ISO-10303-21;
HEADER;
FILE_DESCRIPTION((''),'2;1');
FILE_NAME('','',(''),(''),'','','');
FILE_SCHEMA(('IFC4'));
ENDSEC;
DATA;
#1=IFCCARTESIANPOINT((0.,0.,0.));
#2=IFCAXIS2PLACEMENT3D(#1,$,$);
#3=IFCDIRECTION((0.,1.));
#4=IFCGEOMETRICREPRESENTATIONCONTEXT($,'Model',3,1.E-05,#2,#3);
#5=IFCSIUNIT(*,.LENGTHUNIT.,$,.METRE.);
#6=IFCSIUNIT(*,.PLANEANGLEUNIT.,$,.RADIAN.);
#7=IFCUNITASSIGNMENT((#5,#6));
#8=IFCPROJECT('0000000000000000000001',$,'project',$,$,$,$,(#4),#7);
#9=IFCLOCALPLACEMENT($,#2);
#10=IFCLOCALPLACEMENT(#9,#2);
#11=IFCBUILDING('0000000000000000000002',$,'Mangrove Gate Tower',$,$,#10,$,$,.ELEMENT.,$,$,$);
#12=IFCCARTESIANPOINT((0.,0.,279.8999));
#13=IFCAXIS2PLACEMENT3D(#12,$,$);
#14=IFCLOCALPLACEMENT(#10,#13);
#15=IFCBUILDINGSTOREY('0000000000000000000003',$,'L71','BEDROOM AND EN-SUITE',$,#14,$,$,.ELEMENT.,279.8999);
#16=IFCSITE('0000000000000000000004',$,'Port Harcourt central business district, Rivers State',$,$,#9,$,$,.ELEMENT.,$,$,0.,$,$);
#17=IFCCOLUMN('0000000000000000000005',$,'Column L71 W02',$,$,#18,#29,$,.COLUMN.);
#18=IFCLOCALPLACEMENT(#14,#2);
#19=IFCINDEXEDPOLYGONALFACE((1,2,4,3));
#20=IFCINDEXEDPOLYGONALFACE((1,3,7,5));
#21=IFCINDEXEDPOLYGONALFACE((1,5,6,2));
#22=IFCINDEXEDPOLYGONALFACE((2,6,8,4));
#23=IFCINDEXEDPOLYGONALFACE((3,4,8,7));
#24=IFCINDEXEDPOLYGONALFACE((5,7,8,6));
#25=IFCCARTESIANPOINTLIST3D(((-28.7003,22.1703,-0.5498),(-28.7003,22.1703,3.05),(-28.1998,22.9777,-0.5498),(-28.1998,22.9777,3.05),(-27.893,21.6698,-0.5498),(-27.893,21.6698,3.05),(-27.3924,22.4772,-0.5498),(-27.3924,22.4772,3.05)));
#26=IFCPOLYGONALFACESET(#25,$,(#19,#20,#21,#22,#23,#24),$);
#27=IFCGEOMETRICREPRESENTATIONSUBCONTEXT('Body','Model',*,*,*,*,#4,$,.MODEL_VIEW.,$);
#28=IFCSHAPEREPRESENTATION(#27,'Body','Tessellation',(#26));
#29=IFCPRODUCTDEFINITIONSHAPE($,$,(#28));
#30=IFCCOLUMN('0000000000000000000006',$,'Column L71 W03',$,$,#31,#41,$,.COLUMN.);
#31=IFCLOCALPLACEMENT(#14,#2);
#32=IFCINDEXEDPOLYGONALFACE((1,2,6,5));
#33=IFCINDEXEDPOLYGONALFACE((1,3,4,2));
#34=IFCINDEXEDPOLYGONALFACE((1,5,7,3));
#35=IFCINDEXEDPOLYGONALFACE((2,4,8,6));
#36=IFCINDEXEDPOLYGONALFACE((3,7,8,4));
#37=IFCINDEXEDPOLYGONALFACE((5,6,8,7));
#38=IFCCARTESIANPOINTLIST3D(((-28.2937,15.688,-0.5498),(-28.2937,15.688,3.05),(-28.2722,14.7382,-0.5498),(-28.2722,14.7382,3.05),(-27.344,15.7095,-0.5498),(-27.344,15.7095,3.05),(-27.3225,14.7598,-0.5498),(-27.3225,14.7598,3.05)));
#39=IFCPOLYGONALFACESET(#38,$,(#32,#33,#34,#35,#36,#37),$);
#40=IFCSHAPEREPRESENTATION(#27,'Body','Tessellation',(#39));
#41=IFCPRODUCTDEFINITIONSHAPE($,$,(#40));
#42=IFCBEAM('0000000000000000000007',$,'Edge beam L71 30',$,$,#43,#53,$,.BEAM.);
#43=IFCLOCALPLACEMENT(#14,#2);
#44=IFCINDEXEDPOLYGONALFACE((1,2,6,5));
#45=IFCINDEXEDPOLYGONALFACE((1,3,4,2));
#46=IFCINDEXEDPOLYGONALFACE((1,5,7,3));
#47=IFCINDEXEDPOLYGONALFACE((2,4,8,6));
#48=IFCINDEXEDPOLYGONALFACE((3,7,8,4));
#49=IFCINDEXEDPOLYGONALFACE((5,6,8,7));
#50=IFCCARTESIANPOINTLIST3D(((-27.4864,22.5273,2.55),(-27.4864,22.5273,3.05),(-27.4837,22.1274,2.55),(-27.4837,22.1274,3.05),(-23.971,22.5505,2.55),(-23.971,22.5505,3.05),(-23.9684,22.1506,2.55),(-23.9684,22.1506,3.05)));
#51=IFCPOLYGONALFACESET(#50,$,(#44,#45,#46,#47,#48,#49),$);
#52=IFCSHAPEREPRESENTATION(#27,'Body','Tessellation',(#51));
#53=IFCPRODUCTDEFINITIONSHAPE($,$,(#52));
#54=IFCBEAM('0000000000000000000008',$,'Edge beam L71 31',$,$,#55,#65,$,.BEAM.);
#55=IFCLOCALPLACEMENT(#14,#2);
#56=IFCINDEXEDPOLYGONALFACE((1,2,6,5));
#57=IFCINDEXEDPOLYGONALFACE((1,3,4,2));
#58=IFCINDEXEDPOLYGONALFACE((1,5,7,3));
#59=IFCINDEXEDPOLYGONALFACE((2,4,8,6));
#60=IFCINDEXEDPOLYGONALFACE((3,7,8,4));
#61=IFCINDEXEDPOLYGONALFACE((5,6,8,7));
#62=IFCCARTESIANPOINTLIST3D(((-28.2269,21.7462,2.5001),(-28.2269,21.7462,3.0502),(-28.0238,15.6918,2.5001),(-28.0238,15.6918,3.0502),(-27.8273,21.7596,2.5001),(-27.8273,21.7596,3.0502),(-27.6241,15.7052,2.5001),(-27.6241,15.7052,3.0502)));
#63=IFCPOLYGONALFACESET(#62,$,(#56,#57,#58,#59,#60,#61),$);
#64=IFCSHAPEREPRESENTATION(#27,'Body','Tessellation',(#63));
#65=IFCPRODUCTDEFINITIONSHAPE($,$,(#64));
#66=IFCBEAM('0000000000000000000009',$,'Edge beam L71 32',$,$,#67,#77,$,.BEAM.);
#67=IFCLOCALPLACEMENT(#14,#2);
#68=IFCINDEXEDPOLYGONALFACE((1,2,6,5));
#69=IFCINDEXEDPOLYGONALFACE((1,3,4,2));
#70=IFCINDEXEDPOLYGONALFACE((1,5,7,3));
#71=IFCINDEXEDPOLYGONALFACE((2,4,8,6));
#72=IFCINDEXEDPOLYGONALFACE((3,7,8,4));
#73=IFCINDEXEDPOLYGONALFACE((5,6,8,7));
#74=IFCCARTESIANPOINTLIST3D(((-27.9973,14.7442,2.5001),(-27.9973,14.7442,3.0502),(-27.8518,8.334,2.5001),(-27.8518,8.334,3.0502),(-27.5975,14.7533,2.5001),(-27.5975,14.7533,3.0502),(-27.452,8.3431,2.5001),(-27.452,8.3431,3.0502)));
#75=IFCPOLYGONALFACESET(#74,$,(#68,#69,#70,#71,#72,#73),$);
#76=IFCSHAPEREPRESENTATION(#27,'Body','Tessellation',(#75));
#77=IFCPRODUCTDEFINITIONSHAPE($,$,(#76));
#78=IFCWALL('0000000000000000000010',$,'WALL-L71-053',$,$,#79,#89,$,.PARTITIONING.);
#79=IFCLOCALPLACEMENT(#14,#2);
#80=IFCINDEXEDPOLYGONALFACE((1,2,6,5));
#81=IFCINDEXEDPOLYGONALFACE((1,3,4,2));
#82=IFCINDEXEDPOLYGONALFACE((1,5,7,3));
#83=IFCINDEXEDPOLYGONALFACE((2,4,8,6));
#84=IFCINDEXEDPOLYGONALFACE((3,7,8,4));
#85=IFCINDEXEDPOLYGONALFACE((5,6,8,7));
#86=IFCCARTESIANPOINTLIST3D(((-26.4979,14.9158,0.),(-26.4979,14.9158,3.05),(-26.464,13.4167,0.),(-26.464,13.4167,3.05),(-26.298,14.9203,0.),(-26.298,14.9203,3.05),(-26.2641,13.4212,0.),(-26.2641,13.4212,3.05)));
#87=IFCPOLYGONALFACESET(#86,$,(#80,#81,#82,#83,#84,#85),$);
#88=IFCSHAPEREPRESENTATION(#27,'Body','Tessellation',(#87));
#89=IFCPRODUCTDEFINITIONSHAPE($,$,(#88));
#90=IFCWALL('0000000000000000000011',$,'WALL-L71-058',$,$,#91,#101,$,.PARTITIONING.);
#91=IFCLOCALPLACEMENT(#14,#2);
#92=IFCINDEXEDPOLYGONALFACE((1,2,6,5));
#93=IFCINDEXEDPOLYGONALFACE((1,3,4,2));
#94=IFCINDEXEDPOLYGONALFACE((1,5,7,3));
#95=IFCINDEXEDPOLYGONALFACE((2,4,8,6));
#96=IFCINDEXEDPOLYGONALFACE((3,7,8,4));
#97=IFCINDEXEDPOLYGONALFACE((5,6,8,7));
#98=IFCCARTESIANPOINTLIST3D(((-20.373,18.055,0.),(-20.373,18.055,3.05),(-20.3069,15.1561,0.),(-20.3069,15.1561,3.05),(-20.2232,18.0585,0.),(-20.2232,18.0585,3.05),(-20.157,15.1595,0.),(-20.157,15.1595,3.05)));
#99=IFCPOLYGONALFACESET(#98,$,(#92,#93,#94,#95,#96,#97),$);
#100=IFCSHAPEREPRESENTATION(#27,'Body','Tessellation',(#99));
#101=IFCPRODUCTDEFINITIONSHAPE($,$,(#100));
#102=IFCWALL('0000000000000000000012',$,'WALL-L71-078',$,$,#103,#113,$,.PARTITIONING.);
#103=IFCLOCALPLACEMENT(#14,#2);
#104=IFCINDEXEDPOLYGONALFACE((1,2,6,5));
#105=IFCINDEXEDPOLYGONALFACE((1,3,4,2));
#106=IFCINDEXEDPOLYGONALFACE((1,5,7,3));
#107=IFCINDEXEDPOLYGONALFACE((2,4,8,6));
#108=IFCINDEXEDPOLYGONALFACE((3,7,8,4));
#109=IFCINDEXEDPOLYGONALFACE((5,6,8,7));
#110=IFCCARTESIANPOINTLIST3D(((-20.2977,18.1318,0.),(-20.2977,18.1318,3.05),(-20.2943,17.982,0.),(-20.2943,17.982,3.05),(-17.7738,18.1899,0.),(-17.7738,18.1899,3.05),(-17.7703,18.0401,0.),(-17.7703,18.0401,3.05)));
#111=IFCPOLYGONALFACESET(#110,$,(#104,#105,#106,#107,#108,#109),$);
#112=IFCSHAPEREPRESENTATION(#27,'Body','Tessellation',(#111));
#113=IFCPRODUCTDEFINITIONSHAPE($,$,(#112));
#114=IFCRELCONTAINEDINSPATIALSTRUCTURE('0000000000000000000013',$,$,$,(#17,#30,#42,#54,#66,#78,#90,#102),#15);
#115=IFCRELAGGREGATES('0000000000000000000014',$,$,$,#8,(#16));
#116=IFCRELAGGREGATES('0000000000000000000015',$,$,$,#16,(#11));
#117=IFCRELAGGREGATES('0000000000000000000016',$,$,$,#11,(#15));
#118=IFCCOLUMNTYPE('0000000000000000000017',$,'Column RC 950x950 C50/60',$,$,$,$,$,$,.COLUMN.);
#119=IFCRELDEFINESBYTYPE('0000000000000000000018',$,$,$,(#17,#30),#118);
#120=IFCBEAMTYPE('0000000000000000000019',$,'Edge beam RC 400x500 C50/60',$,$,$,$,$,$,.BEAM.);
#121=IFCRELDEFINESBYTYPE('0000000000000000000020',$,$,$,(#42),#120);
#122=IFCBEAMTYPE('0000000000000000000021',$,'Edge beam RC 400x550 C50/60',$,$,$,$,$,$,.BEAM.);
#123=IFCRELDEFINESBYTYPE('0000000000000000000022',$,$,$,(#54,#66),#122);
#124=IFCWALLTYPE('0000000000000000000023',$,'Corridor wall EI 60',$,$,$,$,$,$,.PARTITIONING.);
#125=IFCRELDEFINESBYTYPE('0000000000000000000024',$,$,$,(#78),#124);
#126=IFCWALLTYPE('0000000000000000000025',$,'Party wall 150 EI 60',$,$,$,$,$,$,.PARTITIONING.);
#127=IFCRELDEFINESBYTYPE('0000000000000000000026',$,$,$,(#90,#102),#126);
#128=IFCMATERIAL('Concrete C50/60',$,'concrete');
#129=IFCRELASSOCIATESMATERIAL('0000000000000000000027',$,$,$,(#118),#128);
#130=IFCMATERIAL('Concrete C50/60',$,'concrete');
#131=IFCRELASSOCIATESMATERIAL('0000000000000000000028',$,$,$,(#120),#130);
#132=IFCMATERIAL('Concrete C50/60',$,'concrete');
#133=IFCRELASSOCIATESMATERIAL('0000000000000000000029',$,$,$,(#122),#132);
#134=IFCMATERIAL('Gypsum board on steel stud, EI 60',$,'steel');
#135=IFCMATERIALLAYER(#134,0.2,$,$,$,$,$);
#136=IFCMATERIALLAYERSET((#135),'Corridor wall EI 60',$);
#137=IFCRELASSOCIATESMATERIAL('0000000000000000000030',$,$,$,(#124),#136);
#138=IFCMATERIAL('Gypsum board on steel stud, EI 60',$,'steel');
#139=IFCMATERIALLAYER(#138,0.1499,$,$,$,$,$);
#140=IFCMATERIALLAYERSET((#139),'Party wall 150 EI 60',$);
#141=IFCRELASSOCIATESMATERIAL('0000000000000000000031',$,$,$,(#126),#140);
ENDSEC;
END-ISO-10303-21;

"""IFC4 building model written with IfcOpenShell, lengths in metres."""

from ifc_helpers import new_model, si_unit, direction, frame, frame_2d, origin, origin_2d, place, context, subcontext, project, spatial, rectangle, extrude, material, layer, layer_set, material_profile, profile_set, type_object, element, save


model = new_model("IFC4")

# Units and contexts
model_context = context("Model", 3, precision=1e-05, world=origin(), true_north=direction((0.0, 1.0)))
body_context = subcontext(model_context, "Body", "Model", "MODEL_VIEW")
ifc_project = project(units=[si_unit("LENGTHUNIT", "METRE"), si_unit("PLANEANGLEUNIT", "RADIAN")], contexts=[model_context])

# Site, building, storey
site_placement = place(None, origin())
site = spatial("IfcSite", under=ifc_project, at=site_placement, Name="Port Harcourt central business district, Rivers State", CompositionType="ELEMENT", RefElevation=0.0)
building_placement = place(site_placement, origin())
building = spatial("IfcBuilding", under=site, at=building_placement, Name="Mangrove Gate Tower", CompositionType="ELEMENT")
storey_placement = place(building_placement, frame((0.0, 0.0, 279.8999)))
storey = spatial("IfcBuildingStorey", under=building, at=storey_placement, Name="L71", Description="BEDROOM AND EN-SUITE", CompositionType="ELEMENT", Elevation=279.8999)

# Columns
ifc_material_1 = material(Name="Concrete C50/60", Category="concrete")
ifc_material_profile_1 = material_profile(ifc_material_1, rectangle(XDim=0.95, YDim=0.95, at=origin_2d()))
ifc_profile_set_1 = profile_set([ifc_material_profile_1], Name="Concrete C50/60")
column_type = type_object("IfcColumnType", Name="Column RC 950x950 C50/60", PredefinedType="COLUMN", material=ifc_profile_set_1)
for number, where, z_axis, x_axis, name in (
    (1, (-28.0464, 22.3237, -0.5498), (0.0, 0.0, 1.0), (-0.526907, -0.849923, 0.0), "Column L71 W02"),
    (2, (-27.8081, 15.2239, -0.5498), (0.0, 0.0, 1.0), (0.022683, -0.999743, 0.0), "Column L71 W03"),
):
    element("IfcColumn", number, at=place(storey_placement, frame(where, z_axis=z_axis, x_axis=x_axis)), inside=storey, type_object=column_type, Name=name, PredefinedType="COLUMN", context=body_context, shape_type="SweptSolid", body=[
        extrude(rectangle(XDim=0.95, YDim=0.95, at=origin_2d()), origin(), (0.0, 0.0, 1.0), 3.5999),
    ])

# Beams
ifc_material_2 = material(Name="Concrete C50/60", Category="concrete")
ifc_material_profile_2 = material_profile(ifc_material_2, rectangle(XDim=0.3999, YDim=0.5, at=origin_2d()))
ifc_profile_set_2 = profile_set([ifc_material_profile_2], Name="Concrete C50/60")
beam_type_1 = type_object("IfcBeamType", Name="Edge beam RC 400x500 C50/60", PredefinedType="BEAM", material=ifc_profile_set_2)
beam_1_placement = place(storey_placement, frame((-23.9697, 22.3506, 2.8), z_axis=(-0.999978, -0.006598, 0.0), x_axis=(0.006598, -0.999978, 0.0)))
element("IfcBeam", 3, at=beam_1_placement, inside=storey, type_object=beam_type_1, Name="Edge beam L71 30", PredefinedType="BEAM", context=body_context, shape_type="SweptSolid", body=[
    extrude(rectangle(XDim=0.3999, YDim=0.5, at=origin_2d()), origin(), (0.0, 0.0, 1.0), 3.5154),
])
ifc_material_3 = material(Name="Concrete C50/60", Category="concrete")
ifc_material_profile_3 = material_profile(ifc_material_3, rectangle(XDim=0.3999, YDim=0.55, at=origin_2d()))
ifc_profile_set_3 = profile_set([ifc_material_profile_3], Name="Concrete C50/60")
beam_type_2 = type_object("IfcBeamType", Name="Edge beam RC 400x550 C50/60", PredefinedType="BEAM", material=ifc_profile_set_3)
beam_2_placement = place(storey_placement, frame((-28.0271, 21.7529, 2.7751), z_axis=(0.033531, -0.999438, 0.0), x_axis=(0.999438, 0.033531, 0.0)))
element("IfcBeam", 4, at=beam_2_placement, inside=storey, type_object=beam_type_2, Name="Edge beam L71 31", PredefinedType="BEAM", context=body_context, shape_type="SweptSolid", body=[
    extrude(rectangle(XDim=0.3999, YDim=0.55, at=origin_2d()), origin(), (0.0, 0.0, 1.0), 6.0579),
])
beam_3_placement = place(storey_placement, frame((-27.7974, 14.7488, 2.7751), z_axis=(0.022694, -0.999742, 0.0), x_axis=(0.999742, 0.022694, 0.0)))
element("IfcBeam", 5, at=beam_3_placement, inside=storey, type_object=beam_type_2, Name="Edge beam L71 32", PredefinedType="BEAM", context=body_context, shape_type="SweptSolid", body=[
    extrude(rectangle(XDim=0.3999, YDim=0.55, at=origin_2d()), origin(), (0.0, 0.0, 1.0), 6.4119),
])

# Wall
ifc_material_4 = material(Name="Gypsum board on steel stud, EI 60", Category="steel")
ifc_layer_1 = layer(ifc_material_4, 0.2)
ifc_layer_set_1 = layer_set([ifc_layer_1], Name="Corridor wall EI 60")
wall_type_1 = type_object("IfcWallType", Name="Corridor wall EI 60", PredefinedType="PARTITIONING", material=ifc_layer_set_1)
wall_1_placement = place(storey_placement, frame((-26.364, 13.4189, 0.0), z_axis=(0.0, 0.0, 1.0), x_axis=(-0.022633, 0.999744, 0.0)))
element("IfcWall", 6, at=wall_1_placement, inside=storey, type_object=wall_type_1, Name="WALL-L71-053", PredefinedType="PARTITIONING", context=body_context, shape_type="SweptSolid", body=[
    extrude(rectangle(XDim=1.4995, YDim=0.2, at=frame_2d((0.7498, 0.0))), origin(), (0.0, 0.0, 1.0), 3.05),
])

# Walls
ifc_material_5 = material(Name="Gypsum board on steel stud, EI 60", Category="steel")
ifc_layer_2 = layer(ifc_material_5, 0.1499)
ifc_layer_set_2 = layer_set([ifc_layer_2], Name="Party wall 150 EI 60")
wall_type_2 = type_object("IfcWallType", Name="Party wall 150 EI 60", PredefinedType="PARTITIONING", material=ifc_layer_set_2)
wall_2_placement = place(storey_placement, frame((-20.2319, 15.158, 0.0), z_axis=(0.0, 0.0, 1.0), x_axis=(-0.022817, 0.99974, 0.0)))
element("IfcWall", 7, at=wall_2_placement, inside=storey, type_object=wall_type_2, Name="WALL-L71-058", PredefinedType="PARTITIONING", context=body_context, shape_type="SweptSolid", body=[
    extrude(rectangle(XDim=2.8997, YDim=0.1499, at=frame_2d((1.4497, 0.0))), origin(), (0.0, 0.0, 1.0), 3.05),
])
wall_3_placement = place(storey_placement, frame((-20.2959, 18.0569, 0.0), z_axis=(0.0, 0.0, 1.0), x_axis=(0.999735, 0.023016, 0.0)))
element("IfcWall", 8, at=wall_3_placement, inside=storey, type_object=wall_type_2, Name="WALL-L71-078", PredefinedType="PARTITIONING", context=body_context, shape_type="SweptSolid", body=[
    extrude(rectangle(XDim=2.5247, YDim=0.1499, at=frame_2d((1.2622, 0.0))), origin(), (0.0, 0.0, 1.0), 3.05),
])

save(model, "model.ifc")
